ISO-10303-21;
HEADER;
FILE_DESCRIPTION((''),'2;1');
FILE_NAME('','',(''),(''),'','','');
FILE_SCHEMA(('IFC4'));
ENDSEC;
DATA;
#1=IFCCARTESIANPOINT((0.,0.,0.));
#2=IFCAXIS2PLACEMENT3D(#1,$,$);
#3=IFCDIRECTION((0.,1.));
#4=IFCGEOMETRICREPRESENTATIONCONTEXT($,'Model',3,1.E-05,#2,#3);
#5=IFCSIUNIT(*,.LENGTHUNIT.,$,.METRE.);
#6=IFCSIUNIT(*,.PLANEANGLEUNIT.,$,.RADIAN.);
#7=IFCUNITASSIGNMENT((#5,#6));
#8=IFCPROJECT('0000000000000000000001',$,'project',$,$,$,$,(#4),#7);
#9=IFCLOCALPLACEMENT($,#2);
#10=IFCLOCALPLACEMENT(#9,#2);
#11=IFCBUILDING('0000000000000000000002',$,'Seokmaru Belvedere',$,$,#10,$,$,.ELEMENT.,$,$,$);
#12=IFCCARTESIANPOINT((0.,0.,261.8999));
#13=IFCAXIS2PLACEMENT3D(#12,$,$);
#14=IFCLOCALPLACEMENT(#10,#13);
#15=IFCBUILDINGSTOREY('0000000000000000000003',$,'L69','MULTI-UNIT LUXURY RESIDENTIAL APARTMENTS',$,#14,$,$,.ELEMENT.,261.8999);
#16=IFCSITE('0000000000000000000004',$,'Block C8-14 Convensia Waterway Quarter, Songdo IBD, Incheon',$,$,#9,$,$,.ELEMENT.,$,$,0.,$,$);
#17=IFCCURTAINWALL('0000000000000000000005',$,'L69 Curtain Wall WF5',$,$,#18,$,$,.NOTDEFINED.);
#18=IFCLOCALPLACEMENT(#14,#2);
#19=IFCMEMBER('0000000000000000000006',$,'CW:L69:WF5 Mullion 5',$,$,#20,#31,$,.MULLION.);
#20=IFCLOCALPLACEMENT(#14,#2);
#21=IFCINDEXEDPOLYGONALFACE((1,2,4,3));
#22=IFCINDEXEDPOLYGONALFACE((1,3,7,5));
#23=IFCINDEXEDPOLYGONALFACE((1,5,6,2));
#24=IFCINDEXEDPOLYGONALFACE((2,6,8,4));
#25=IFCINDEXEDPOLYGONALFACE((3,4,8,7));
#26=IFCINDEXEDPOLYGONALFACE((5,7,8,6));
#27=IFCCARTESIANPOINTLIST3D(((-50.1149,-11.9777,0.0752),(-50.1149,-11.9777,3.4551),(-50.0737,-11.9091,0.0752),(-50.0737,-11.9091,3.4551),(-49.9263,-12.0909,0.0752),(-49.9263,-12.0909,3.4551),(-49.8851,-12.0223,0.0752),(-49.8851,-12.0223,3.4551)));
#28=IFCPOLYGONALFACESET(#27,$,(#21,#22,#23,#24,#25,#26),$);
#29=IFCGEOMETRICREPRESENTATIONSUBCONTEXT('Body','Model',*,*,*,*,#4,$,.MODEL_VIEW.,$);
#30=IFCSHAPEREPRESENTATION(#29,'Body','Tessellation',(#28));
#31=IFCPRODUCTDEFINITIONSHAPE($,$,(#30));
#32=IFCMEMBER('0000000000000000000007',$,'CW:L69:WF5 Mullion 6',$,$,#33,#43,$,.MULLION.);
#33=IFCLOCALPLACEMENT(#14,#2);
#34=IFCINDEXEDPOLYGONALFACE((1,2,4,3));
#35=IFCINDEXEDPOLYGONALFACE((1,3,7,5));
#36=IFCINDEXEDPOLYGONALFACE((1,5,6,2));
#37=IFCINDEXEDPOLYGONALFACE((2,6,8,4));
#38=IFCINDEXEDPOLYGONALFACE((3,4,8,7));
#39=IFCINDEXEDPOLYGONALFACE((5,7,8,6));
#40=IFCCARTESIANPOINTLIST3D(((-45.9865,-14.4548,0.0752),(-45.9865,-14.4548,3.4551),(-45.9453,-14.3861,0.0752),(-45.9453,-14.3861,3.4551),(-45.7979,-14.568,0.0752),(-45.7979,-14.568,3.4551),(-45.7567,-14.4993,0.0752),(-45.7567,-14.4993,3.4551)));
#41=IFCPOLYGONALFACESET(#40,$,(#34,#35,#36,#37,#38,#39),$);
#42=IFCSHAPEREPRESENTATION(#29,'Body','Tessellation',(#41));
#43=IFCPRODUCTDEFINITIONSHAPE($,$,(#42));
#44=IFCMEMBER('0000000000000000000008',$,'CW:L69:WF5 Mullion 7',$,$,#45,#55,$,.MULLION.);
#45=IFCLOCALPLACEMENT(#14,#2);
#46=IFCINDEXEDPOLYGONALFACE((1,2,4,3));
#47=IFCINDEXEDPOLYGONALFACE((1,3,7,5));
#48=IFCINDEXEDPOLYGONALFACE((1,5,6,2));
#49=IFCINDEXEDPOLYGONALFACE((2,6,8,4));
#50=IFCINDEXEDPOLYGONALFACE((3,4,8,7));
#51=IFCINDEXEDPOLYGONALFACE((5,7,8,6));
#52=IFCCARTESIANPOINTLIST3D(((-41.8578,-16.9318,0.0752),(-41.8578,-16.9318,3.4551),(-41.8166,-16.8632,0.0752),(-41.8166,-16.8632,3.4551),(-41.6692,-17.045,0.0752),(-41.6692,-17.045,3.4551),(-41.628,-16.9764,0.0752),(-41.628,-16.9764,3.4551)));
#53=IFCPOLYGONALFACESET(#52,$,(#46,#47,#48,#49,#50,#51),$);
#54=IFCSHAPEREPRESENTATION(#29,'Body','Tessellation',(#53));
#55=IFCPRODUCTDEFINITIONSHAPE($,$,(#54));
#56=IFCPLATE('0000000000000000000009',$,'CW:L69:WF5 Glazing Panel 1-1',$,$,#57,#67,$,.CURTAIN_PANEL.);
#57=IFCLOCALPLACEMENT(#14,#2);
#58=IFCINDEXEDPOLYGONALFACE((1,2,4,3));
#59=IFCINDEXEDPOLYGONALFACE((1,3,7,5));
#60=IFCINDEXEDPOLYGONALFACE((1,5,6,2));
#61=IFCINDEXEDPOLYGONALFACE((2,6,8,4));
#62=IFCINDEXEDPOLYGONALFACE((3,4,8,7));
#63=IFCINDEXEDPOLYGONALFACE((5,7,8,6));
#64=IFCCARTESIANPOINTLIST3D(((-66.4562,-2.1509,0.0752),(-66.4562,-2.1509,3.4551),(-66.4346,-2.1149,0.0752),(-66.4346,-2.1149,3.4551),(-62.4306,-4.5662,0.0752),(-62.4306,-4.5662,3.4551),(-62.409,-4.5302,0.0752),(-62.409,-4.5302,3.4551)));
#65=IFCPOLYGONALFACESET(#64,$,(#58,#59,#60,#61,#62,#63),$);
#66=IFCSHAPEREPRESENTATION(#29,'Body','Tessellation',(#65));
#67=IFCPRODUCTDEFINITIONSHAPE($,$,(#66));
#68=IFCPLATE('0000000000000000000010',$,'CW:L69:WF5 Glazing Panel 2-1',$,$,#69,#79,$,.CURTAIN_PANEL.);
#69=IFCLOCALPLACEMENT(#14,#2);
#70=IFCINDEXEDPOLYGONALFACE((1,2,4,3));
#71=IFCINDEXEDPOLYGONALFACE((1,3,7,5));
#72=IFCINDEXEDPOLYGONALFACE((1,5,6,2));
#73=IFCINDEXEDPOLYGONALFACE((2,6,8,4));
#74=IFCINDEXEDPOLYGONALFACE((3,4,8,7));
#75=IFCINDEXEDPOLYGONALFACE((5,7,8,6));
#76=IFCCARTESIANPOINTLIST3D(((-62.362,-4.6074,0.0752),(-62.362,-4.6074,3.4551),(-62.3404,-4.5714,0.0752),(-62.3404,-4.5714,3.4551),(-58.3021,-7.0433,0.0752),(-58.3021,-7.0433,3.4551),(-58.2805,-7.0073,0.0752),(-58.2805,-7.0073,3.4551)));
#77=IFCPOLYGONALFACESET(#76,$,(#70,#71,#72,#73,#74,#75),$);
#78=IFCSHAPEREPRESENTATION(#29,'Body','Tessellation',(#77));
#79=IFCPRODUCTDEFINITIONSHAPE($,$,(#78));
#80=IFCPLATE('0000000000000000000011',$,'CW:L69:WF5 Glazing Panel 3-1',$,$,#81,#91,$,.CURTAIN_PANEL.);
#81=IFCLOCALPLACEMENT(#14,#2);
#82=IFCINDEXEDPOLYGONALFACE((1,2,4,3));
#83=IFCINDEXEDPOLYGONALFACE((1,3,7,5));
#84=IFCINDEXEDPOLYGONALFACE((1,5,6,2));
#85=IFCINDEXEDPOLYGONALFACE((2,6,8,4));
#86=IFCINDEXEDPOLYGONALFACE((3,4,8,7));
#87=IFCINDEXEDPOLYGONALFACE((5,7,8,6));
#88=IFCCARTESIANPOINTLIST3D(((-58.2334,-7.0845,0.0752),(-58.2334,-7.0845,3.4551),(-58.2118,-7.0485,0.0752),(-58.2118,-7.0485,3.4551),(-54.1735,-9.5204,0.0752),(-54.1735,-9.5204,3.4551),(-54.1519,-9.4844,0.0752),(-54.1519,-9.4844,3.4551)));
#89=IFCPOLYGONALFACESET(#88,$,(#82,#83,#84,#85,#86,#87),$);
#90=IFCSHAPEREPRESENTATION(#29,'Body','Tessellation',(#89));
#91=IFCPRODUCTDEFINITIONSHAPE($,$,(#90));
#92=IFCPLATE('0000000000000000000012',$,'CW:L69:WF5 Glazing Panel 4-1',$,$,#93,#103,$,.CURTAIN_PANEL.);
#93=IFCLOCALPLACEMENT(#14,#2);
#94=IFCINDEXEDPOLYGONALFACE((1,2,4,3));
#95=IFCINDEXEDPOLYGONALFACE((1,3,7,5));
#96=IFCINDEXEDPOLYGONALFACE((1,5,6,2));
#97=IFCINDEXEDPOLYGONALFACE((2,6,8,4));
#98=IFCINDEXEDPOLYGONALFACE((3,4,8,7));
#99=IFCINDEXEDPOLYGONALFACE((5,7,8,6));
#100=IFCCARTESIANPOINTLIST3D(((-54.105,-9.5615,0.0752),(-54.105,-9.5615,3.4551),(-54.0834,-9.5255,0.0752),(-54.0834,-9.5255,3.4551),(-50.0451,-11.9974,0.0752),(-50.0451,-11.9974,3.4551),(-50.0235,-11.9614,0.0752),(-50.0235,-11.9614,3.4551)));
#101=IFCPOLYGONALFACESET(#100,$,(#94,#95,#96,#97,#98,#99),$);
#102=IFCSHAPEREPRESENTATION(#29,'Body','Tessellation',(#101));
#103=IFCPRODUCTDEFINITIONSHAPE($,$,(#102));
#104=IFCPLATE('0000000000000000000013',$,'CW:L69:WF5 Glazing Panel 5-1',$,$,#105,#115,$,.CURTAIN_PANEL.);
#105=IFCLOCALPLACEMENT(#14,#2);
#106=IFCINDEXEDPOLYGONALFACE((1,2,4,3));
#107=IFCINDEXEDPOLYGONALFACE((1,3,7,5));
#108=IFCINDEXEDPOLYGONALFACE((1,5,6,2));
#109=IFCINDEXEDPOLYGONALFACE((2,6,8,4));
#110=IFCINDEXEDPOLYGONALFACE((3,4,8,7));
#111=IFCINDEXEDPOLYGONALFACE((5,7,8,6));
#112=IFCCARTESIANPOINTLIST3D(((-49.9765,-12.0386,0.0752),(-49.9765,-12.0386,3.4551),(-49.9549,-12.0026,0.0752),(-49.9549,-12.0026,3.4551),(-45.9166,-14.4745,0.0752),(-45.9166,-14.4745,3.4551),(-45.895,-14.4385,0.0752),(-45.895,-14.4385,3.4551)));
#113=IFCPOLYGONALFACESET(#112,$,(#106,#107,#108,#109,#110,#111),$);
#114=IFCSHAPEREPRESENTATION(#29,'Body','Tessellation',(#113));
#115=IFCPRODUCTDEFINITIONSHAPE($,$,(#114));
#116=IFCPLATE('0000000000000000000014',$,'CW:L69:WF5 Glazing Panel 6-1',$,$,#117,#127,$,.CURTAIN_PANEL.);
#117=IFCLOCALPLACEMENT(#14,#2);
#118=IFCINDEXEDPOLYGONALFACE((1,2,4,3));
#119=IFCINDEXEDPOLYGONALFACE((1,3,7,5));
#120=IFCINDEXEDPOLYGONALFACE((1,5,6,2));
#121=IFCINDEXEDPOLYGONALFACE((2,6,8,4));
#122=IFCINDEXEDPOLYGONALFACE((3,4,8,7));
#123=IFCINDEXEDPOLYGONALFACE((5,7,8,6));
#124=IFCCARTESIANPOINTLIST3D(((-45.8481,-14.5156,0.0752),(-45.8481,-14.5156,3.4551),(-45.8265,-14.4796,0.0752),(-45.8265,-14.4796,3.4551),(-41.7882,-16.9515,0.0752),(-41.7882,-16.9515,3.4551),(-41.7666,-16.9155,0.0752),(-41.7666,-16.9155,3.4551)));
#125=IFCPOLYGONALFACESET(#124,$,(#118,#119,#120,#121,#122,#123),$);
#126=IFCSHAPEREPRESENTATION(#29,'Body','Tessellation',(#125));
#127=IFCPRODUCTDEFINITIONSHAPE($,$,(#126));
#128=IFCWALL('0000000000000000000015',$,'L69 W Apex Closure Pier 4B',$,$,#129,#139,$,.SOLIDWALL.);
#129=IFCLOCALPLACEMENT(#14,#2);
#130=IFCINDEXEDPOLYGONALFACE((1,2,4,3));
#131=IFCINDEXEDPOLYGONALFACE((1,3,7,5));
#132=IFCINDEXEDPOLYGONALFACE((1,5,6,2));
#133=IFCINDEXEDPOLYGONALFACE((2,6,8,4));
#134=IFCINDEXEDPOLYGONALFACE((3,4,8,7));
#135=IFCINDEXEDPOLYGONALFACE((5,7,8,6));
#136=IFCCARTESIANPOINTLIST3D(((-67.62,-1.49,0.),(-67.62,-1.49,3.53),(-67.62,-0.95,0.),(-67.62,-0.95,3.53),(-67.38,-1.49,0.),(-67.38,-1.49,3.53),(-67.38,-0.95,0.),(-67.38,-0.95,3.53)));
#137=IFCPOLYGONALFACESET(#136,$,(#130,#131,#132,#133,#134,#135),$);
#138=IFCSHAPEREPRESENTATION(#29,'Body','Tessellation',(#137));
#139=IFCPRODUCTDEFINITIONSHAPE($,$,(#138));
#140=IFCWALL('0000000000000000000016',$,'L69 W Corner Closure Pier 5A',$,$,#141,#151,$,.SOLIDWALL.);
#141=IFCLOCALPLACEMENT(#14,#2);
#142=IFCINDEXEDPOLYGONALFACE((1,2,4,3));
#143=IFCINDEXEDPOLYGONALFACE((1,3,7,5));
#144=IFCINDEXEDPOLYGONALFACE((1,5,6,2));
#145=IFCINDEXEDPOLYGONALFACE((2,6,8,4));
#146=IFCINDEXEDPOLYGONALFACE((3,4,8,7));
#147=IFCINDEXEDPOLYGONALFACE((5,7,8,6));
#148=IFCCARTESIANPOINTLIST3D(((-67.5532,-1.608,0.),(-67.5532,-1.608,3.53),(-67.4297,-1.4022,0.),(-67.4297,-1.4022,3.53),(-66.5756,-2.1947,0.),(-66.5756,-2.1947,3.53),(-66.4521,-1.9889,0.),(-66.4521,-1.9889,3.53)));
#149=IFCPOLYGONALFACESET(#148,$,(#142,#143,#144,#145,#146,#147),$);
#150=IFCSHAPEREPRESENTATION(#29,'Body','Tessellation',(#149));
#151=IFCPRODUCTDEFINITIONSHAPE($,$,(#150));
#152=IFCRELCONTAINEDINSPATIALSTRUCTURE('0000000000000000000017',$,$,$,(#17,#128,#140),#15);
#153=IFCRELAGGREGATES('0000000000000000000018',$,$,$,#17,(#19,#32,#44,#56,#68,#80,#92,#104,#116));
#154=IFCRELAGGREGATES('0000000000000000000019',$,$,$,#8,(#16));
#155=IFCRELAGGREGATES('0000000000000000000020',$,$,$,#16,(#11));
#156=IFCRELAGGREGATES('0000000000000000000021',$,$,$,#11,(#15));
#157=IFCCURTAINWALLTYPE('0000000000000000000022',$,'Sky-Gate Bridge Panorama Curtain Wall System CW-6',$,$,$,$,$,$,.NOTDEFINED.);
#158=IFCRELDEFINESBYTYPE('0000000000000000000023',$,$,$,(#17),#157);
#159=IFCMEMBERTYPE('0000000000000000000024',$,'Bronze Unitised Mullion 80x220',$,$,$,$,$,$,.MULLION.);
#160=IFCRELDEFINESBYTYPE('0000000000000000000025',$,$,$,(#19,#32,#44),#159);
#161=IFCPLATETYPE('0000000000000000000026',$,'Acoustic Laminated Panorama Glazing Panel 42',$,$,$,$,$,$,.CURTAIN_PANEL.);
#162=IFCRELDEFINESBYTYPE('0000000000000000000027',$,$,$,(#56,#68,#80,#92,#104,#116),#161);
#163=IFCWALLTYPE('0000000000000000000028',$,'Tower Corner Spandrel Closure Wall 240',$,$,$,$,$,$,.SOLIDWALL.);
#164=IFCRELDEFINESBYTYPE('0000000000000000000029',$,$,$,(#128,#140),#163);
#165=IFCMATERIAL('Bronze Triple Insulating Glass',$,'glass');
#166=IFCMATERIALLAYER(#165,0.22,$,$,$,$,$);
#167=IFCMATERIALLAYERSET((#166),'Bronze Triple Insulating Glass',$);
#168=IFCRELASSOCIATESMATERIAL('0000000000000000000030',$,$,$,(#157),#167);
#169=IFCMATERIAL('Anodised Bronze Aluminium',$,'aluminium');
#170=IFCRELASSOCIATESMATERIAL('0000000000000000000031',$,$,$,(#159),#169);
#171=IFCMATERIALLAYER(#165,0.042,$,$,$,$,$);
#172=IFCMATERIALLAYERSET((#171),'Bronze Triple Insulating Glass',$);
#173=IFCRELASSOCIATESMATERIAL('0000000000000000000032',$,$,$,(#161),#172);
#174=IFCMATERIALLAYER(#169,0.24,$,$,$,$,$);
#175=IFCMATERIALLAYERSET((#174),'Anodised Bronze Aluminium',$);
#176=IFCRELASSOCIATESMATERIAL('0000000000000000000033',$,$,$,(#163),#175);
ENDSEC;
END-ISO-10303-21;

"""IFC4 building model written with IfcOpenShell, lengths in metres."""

from ifc_helpers import new_model, si_unit, direction, frame, frame_2d, origin, origin_2d, place, context, subcontext, project, spatial, rectangle, extrude, source, transform, mapped, material, layer, layer_set, material_profile, profile_set, type_object, type_shapes, element, aggregate, save


model = new_model("IFC4")

# Units and contexts
model_context = context("Model", 3, precision=1e-05, world=origin(), true_north=direction((0.0, 1.0)))
body_context = subcontext(model_context, "Body", "Model", "MODEL_VIEW")
ifc_project = project(units=[si_unit("LENGTHUNIT", "METRE"), si_unit("PLANEANGLEUNIT", "RADIAN")], contexts=[model_context])

# Site, building, storey
site_placement = place(None, origin())
site = spatial("IfcSite", under=ifc_project, at=site_placement, Name="Block C8-14 Convensia Waterway Quarter, Songdo IBD, Incheon", CompositionType="ELEMENT", RefElevation=0.0)
building_placement = place(site_placement, origin())
building = spatial("IfcBuilding", under=site, at=building_placement, Name="Seokmaru Belvedere", CompositionType="ELEMENT")
storey_placement = place(building_placement, frame((0.0, 0.0, 261.8999)))
storey = spatial("IfcBuildingStorey", under=building, at=storey_placement, Name="L69", Description="MULTI-UNIT LUXURY RESIDENTIAL APARTMENTS", CompositionType="ELEMENT", Elevation=261.8999)

# Curtain wall, members, plates
ifc_material_1 = material(Name="Bronze Triple Insulating Glass", Category="glass")
ifc_layer_1 = layer(ifc_material_1, 0.22)
ifc_layer_set_1 = layer_set([ifc_layer_1], Name="Bronze Triple Insulating Glass")
curtain_wall_type = type_object("IfcCurtainWallType", Name="Sky-Gate Bridge Panorama Curtain Wall System CW-6", PredefinedType="NOTDEFINED", material=ifc_layer_set_1)
curtain_wall_placement = place(storey_placement, origin())
curtain_wall = element("IfcCurtainWall", 1, at=curtain_wall_placement, inside=storey, type_object=curtain_wall_type, Name="L69 Curtain Wall WF5", PredefinedType="NOTDEFINED")
ifc_material_2 = material(Name="Anodised Bronze Aluminium", Category="aluminium")
ifc_material_profile_1 = material_profile(ifc_material_2, rectangle(XDim=0.0801, YDim=0.22, at=origin_2d()), Name="CW-M-80x220")
ifc_profile_set_1 = profile_set([ifc_material_profile_1], Name="Anodised Bronze Aluminium")
member_type_1 = type_object("IfcMemberType", Name="Bronze Unitised Mullion 80x220", PredefinedType="MULLION", material=ifc_profile_set_1)
shared_shape_1 = source(origin(), body_context, "Body", "SweptSolid", [
    extrude(rectangle(XDim=0.0801, YDim=0.22, at=origin_2d()), origin(), (0.0, 0.0, 1.0), 3.3799),
])
member_1_placement = place(storey_placement, frame((-50.0, -12.0, 0.0752), z_axis=(0.0, 0.0, 1.0), x_axis=(0.514495, 0.857493, 0.0)))
member_1 = element("IfcMember", 2, at=member_1_placement, type_object=member_type_1, Name="CW:L69:WF5 Mullion 5", PredefinedType="MULLION", context=body_context, shape_type="MappedRepresentation", body=[
    mapped(shared_shape_1, transform((0.0, 0.0, 0.0), scale=1.0)),
])
member_2_placement = place(storey_placement, frame((-45.8716, -14.4771, 0.0752), z_axis=(0.0, 0.0, 1.0), x_axis=(0.514495, 0.857493, 0.0)))
member_2 = element("IfcMember", 3, at=member_2_placement, type_object=member_type_1, Name="CW:L69:WF5 Mullion 6", PredefinedType="MULLION", context=body_context, shape_type="MappedRepresentation", body=[
    mapped(shared_shape_1, transform((0.0, 0.0, 0.0), scale=1.0)),
])
member_3_placement = place(storey_placement, frame((-41.7429, -16.9541, 0.0752), z_axis=(0.0, 0.0, 1.0), x_axis=(0.514495, 0.857493, 0.0)))
member_3 = element("IfcMember", 4, at=member_3_placement, type_object=member_type_1, Name="CW:L69:WF5 Mullion 7", PredefinedType="MULLION", context=body_context, shape_type="MappedRepresentation", body=[
    mapped(shared_shape_1, transform((0.0, 0.0, 0.0), scale=1.0)),
])
ifc_layer_2 = layer(ifc_material_1, 0.042)
ifc_layer_set_2 = layer_set([ifc_layer_2], Name="Bronze Triple Insulating Glass")
plate_type = type_object("IfcPlateType", Name="Acoustic Laminated Panorama Glazing Panel 42", PredefinedType="CURTAIN_PANEL", material=ifc_layer_set_2)
shared_shape_2 = source(origin(), body_context, "Body", "SweptSolid", [
    extrude(rectangle(XDim=4.6946, YDim=0.042, at=origin_2d()), origin(), (0.0, 0.0, 1.0), 3.3799),
])
plate_1_placement = place(storey_placement, frame((-64.4326, -3.3406, 0.0752), z_axis=(0.0, 0.0, 1.0), x_axis=(0.857493, -0.514495, 0.0)))
plate_1 = element("IfcPlate", 5, at=plate_1_placement, type_object=plate_type, Name="CW:L69:WF5 Glazing Panel 1-1", PredefinedType="CURTAIN_PANEL", context=body_context, shape_type="MappedRepresentation", body=[
    mapped(shared_shape_2, transform((0.0, 0.0, 0.0), scale=1.0)),
])
shared_shape_3 = source(origin(), body_context, "Body", "SweptSolid", [
    extrude(rectangle(XDim=4.7346, YDim=0.042, at=origin_2d()), origin(), (0.0, 0.0, 1.0), 3.3799),
])
type_shapes(plate_type, [shared_shape_2, shared_shape_3])
plate_2_placement = place(storey_placement, frame((-60.3213, -5.8074, 0.0752), z_axis=(0.0, 0.0, 1.0), x_axis=(0.857493, -0.514495, 0.0)))
plate_2 = element("IfcPlate", 6, at=plate_2_placement, type_object=plate_type, Name="CW:L69:WF5 Glazing Panel 2-1", PredefinedType="CURTAIN_PANEL", context=body_context, shape_type="MappedRepresentation", body=[
    mapped(shared_shape_3, transform((0.0, 0.0, 0.0), scale=1.0)),
])
plate_3_placement = place(storey_placement, frame((-56.1926, -8.2844, 0.0752), z_axis=(0.0, 0.0, 1.0), x_axis=(0.857493, -0.514495, 0.0)))
plate_3 = element("IfcPlate", 7, at=plate_3_placement, type_object=plate_type, Name="CW:L69:WF5 Glazing Panel 3-1", PredefinedType="CURTAIN_PANEL", context=body_context, shape_type="MappedRepresentation", body=[
    mapped(shared_shape_3, transform((0.0, 0.0, 0.0), scale=1.0)),
])
plate_4_placement = place(storey_placement, frame((-52.0642, -10.7615, 0.0752), z_axis=(0.0, 0.0, 1.0), x_axis=(0.857493, -0.514495, 0.0)))
plate_4 = element("IfcPlate", 8, at=plate_4_placement, type_object=plate_type, Name="CW:L69:WF5 Glazing Panel 4-1", PredefinedType="CURTAIN_PANEL", context=body_context, shape_type="MappedRepresentation", body=[
    mapped(shared_shape_3, transform((0.0, 0.0, 0.0), scale=1.0)),
])
plate_5_placement = place(storey_placement, frame((-47.9358, -13.2385, 0.0752), z_axis=(0.0, 0.0, 1.0), x_axis=(0.857493, -0.514495, 0.0)))
plate_5 = element("IfcPlate", 9, at=plate_5_placement, type_object=plate_type, Name="CW:L69:WF5 Glazing Panel 5-1", PredefinedType="CURTAIN_PANEL", context=body_context, shape_type="MappedRepresentation", body=[
    mapped(shared_shape_3, transform((0.0, 0.0, 0.0), scale=1.0)),
])
plate_6_placement = place(storey_placement, frame((-43.8074, -15.7156, 0.0752), z_axis=(0.0, 0.0, 1.0), x_axis=(0.857493, -0.514495, 0.0)))
plate_6 = element("IfcPlate", 10, at=plate_6_placement, type_object=plate_type, Name="CW:L69:WF5 Glazing Panel 6-1", PredefinedType="CURTAIN_PANEL", context=body_context, shape_type="MappedRepresentation", body=[
    mapped(shared_shape_3, transform((0.0, 0.0, 0.0), scale=1.0)),
])
aggregate(curtain_wall, [member_1, member_2, member_3, plate_1, plate_2, plate_3, plate_4, plate_5, plate_6])

# Walls
ifc_layer_3 = layer(ifc_material_2, 0.24)
ifc_layer_set_3 = layer_set([ifc_layer_3], Name="Anodised Bronze Aluminium")
wall_type = type_object("IfcWallType", Name="Tower Corner Spandrel Closure Wall 240", PredefinedType="SOLIDWALL", material=ifc_layer_set_3)
wall_1_placement = place(storey_placement, frame((-67.5, -0.95, 0.0), z_axis=(0.0, 0.0, 1.0), x_axis=(0.0, -1.0, 0.0)))
element("IfcWall", 11, at=wall_1_placement, inside=storey, type_object=wall_type, Name="L69 W Apex Closure Pier 4B", PredefinedType="SOLIDWALL", context=body_context, shape_type="SweptSolid", body=[
    extrude(rectangle(XDim=0.54, YDim=0.24, at=frame_2d((0.27, 0.0))), origin(), (0.0, 0.0, 1.0), 3.53),
])
wall_2_placement = place(storey_placement, frame((-67.4915, -1.5051, 0.0), z_axis=(0.0, 0.0, 1.0), x_axis=(0.857436, -0.51459, 0.0)))
element("IfcWall", 12, at=wall_2_placement, inside=storey, type_object=wall_type, Name="L69 W Corner Closure Pier 5A", PredefinedType="SOLIDWALL", context=body_context, shape_type="SweptSolid", body=[
    extrude(rectangle(XDim=1.1401, YDim=0.24, at=frame_2d((0.5701, 0.0))), origin(), (0.0, 0.0, 1.0), 3.53),
])

save(model, "model.ifc")
